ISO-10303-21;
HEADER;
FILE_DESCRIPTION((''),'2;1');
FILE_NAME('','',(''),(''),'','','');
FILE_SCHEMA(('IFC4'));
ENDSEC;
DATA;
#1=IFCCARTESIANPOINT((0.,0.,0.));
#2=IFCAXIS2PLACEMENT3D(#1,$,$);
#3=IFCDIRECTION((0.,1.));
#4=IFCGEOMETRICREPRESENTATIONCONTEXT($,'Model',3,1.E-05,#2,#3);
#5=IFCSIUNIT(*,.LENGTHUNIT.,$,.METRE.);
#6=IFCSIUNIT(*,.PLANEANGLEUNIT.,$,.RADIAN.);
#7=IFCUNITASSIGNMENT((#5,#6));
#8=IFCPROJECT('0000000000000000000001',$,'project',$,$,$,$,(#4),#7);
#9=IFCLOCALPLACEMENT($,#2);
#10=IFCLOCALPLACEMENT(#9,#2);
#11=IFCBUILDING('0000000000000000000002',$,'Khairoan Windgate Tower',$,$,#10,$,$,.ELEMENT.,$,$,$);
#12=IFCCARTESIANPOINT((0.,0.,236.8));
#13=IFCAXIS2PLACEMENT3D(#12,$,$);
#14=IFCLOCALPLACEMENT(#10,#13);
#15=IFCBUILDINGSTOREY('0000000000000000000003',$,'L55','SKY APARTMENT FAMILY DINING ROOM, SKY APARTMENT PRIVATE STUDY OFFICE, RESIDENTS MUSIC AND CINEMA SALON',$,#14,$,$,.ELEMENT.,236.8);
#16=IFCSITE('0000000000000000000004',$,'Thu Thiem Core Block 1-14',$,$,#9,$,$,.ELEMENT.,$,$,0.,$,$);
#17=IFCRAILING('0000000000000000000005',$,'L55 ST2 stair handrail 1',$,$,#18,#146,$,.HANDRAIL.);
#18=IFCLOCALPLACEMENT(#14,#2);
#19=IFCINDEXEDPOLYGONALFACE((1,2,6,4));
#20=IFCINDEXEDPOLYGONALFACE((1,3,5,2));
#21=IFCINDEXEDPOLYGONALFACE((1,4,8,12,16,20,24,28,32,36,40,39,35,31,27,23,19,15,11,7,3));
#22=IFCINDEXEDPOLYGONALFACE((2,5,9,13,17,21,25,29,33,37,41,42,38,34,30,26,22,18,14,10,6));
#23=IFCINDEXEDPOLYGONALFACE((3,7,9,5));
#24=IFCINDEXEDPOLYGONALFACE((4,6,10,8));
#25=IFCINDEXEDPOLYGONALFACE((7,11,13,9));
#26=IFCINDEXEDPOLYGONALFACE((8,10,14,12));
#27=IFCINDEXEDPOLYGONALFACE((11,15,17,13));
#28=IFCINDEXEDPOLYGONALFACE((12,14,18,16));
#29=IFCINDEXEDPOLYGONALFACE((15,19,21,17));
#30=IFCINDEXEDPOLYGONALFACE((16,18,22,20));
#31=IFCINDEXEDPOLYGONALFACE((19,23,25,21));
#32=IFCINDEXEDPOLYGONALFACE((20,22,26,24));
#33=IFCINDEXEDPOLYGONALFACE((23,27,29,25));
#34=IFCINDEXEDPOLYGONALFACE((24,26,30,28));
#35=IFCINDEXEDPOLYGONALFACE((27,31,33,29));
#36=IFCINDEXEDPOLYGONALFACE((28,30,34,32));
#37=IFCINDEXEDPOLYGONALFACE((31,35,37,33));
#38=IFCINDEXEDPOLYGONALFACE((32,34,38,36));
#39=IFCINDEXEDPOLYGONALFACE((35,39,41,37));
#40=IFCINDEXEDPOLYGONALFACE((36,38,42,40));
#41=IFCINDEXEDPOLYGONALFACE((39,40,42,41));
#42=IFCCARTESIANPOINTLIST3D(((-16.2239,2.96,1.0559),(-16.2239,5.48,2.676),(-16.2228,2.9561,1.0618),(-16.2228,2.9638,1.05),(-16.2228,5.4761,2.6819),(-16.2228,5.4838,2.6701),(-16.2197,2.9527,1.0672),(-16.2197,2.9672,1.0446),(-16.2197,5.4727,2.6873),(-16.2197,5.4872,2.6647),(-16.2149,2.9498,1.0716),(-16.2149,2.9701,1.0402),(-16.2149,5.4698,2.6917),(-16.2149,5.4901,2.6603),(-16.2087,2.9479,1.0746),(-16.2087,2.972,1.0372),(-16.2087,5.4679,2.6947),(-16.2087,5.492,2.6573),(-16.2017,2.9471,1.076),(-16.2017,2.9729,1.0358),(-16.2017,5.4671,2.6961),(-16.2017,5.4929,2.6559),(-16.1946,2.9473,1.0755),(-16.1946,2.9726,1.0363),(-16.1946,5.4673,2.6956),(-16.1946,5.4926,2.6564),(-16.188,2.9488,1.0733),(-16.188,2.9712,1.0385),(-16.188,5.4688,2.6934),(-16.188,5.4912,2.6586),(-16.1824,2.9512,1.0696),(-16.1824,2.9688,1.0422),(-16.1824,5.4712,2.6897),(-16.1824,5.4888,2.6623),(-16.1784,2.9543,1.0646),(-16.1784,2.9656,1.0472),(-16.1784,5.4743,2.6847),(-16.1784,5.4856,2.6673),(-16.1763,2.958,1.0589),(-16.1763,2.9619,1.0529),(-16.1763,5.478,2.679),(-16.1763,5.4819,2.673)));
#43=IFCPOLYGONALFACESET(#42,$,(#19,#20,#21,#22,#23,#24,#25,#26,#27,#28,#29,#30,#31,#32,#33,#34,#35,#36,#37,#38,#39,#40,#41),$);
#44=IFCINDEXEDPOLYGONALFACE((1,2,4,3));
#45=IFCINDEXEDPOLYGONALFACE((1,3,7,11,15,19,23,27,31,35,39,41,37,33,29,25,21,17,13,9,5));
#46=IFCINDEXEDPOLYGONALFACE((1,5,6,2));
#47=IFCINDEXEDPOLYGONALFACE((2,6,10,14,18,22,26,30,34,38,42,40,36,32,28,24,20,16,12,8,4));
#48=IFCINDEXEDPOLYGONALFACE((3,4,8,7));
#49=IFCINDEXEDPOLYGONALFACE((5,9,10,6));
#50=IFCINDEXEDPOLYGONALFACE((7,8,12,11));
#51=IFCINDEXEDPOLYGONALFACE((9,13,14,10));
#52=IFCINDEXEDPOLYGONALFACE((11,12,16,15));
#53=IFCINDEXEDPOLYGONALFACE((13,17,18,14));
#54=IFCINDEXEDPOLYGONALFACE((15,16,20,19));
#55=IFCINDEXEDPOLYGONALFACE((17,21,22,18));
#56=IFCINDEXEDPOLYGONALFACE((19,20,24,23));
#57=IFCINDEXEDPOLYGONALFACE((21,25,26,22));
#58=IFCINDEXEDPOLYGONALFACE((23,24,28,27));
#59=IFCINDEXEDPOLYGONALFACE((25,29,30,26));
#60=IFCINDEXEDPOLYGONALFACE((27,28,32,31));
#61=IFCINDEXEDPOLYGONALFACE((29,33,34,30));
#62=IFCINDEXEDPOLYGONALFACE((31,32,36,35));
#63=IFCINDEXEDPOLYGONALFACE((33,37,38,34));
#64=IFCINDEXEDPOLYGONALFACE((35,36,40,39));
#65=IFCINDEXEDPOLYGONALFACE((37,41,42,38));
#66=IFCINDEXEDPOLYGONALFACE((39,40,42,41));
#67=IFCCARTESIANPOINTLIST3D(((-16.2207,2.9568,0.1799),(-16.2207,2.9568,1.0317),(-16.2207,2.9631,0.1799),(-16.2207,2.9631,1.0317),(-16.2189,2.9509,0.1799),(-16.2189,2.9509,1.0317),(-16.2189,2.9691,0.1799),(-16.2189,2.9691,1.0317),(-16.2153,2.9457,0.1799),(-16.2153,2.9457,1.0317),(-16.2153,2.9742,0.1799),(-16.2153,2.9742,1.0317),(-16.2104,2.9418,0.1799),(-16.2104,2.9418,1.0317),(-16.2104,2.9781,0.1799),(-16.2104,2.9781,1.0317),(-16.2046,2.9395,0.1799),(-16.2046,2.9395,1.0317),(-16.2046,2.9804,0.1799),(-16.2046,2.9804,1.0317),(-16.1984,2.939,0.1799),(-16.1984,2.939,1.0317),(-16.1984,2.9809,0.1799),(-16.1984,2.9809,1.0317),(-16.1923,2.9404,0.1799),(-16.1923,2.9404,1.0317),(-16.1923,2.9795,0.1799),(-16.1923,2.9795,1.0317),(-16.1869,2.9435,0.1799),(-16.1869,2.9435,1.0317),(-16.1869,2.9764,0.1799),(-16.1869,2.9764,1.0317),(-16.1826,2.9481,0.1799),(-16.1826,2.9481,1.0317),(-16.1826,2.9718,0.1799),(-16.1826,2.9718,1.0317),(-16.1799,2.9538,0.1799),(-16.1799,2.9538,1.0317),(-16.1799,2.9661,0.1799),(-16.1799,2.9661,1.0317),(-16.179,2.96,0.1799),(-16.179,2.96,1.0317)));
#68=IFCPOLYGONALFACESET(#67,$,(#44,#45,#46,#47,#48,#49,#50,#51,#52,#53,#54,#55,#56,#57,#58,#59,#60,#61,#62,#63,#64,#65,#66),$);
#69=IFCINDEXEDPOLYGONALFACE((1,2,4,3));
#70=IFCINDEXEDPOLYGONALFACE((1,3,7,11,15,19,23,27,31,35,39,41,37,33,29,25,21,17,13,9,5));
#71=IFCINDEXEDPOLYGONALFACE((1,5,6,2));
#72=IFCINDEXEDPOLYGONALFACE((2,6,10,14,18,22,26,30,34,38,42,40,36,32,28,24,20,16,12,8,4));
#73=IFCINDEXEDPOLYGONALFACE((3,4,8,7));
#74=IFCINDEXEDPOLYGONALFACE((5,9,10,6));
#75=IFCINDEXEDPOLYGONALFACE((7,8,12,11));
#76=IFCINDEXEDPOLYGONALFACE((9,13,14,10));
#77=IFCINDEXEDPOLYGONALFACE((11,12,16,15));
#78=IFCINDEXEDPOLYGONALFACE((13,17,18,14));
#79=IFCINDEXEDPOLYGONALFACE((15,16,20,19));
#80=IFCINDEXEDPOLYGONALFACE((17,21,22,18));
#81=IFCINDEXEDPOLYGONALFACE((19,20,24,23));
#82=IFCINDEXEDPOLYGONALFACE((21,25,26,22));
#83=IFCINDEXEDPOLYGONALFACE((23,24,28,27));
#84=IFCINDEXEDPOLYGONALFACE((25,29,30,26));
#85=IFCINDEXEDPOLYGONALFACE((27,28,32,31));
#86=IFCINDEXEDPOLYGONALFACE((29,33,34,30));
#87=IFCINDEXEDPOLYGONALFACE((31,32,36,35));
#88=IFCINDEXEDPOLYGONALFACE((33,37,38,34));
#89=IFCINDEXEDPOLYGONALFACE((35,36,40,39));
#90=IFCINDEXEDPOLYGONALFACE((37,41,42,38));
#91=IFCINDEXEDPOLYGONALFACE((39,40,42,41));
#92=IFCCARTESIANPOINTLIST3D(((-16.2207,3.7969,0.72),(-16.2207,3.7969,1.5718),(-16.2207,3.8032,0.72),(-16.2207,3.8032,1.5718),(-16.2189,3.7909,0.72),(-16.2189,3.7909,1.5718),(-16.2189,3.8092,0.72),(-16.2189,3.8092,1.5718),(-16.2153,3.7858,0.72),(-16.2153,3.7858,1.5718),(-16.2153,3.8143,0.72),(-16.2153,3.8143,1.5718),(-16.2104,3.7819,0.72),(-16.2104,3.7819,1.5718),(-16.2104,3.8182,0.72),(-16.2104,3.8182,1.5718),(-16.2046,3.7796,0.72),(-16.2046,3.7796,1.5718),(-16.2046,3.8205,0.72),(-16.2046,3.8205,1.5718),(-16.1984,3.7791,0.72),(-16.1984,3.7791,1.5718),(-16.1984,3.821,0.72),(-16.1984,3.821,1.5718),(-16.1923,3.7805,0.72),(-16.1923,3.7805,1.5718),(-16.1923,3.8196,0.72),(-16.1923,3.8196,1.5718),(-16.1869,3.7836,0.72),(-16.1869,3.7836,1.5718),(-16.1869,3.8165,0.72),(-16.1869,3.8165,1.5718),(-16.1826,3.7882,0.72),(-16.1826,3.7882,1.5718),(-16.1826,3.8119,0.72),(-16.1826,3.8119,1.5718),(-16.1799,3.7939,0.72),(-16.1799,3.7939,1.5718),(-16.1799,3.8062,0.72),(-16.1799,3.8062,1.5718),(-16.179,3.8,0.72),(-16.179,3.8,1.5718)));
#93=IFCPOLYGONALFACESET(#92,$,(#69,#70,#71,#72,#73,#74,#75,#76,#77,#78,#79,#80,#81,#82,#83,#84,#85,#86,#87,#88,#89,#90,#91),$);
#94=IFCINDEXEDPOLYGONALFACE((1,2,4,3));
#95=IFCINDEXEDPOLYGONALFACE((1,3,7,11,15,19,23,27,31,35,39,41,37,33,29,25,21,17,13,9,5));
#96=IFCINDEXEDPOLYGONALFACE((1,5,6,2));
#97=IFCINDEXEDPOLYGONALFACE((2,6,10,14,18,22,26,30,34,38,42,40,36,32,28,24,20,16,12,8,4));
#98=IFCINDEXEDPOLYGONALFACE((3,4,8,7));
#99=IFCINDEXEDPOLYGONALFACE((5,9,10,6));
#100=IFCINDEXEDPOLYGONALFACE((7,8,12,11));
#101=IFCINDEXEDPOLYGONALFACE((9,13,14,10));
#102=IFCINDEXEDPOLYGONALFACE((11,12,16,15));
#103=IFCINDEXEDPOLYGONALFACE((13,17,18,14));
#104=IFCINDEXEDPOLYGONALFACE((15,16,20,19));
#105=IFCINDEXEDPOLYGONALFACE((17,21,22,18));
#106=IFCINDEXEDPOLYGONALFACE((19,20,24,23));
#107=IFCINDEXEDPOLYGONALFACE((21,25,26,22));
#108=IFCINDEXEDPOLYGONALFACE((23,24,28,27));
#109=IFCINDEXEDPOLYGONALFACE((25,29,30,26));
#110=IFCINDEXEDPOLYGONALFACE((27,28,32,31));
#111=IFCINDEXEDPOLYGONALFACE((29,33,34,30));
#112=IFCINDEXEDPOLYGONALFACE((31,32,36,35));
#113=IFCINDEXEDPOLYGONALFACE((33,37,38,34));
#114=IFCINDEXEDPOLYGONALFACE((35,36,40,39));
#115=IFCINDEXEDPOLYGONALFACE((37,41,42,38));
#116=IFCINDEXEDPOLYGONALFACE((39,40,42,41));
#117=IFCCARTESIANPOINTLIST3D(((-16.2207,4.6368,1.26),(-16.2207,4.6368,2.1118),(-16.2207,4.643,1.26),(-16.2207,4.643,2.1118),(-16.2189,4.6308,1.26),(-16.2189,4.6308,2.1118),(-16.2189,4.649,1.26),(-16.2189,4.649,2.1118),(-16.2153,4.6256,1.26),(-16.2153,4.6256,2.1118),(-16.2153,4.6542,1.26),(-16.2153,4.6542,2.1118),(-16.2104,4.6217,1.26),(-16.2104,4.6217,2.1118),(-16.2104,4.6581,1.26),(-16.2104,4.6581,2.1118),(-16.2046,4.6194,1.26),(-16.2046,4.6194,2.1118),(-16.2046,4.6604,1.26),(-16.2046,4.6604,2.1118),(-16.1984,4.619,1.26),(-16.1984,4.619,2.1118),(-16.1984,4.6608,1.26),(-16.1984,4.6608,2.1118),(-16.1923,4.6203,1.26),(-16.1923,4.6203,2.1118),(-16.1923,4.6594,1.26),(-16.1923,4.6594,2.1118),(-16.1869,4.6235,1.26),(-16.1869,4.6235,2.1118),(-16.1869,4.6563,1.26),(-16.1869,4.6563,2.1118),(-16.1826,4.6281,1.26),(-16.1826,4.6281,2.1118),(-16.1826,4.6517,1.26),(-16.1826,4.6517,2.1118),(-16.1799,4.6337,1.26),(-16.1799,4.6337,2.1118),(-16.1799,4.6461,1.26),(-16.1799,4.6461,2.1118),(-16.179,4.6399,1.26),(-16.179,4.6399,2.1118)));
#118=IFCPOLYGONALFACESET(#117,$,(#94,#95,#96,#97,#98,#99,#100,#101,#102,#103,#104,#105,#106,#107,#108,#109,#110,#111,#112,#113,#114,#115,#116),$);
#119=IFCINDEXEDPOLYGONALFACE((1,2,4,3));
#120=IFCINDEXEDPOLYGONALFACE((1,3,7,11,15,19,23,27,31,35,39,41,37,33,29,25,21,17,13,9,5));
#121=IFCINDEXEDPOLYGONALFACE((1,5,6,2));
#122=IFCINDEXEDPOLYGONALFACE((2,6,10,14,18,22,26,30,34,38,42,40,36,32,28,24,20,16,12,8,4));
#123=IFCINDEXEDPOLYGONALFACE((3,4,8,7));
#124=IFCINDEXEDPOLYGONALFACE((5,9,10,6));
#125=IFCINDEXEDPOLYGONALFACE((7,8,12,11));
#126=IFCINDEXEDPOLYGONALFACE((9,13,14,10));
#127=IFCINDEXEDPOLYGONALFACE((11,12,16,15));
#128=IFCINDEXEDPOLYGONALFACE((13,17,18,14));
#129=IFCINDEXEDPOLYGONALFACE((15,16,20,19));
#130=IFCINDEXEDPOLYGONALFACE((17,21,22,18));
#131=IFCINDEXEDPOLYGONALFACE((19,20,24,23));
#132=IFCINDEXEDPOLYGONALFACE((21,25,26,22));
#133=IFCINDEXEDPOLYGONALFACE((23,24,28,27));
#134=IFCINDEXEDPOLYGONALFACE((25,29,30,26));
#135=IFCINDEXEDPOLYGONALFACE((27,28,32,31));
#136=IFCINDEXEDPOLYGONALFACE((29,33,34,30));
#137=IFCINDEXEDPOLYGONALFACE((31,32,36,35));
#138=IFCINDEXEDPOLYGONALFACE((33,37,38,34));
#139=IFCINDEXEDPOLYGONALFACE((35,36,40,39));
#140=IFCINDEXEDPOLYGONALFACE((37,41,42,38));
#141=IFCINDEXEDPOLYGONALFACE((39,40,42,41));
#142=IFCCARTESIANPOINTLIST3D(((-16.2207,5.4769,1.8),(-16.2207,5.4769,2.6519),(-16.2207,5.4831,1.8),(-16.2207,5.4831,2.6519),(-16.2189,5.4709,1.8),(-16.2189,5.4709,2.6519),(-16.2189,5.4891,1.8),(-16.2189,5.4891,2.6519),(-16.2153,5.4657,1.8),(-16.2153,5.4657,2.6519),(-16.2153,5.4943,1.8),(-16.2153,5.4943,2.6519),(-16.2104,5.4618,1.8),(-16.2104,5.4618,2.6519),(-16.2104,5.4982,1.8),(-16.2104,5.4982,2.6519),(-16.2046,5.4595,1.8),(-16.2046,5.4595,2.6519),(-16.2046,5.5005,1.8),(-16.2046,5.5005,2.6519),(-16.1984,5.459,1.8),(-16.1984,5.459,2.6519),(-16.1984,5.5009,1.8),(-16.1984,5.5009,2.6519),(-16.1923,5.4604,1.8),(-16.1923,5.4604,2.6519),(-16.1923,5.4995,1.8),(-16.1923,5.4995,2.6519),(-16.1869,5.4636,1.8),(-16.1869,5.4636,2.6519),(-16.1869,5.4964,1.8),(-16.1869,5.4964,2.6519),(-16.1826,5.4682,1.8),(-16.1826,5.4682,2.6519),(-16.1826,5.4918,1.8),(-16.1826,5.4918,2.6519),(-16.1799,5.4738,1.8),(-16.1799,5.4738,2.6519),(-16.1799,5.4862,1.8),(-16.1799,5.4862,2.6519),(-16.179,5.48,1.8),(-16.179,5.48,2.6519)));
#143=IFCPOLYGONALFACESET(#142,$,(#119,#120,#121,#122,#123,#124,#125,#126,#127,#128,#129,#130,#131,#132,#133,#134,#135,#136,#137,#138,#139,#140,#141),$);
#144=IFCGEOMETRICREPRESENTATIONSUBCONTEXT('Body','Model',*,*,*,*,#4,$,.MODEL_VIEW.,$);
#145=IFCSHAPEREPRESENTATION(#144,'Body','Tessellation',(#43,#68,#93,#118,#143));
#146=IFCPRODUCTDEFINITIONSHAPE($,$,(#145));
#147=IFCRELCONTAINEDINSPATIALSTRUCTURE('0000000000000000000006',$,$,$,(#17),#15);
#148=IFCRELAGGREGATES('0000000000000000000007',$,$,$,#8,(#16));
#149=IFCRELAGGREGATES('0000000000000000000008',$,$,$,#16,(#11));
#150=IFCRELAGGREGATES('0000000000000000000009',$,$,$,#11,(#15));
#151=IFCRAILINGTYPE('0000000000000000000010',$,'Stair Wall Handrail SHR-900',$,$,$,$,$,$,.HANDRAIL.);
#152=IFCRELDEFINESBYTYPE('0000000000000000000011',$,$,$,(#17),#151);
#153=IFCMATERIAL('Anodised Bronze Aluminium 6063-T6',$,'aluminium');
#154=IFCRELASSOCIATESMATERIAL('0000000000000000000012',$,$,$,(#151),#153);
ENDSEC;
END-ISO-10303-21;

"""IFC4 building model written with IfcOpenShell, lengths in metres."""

from ifc_helpers import new_model, si_unit, direction, frame, origin, origin_2d, place, context, subcontext, project, spatial, circle, extrude, material, type_object, element, save


model = new_model("IFC4")

# Units and contexts
model_context = context("Model", 3, precision=1e-05, world=origin(), true_north=direction((0.0, 1.0)))
body_context = subcontext(model_context, "Body", "Model", "MODEL_VIEW")
ifc_project = project(units=[si_unit("LENGTHUNIT", "METRE"), si_unit("PLANEANGLEUNIT", "RADIAN")], contexts=[model_context])

# Site, building, storey
site_placement = place(None, origin())
site = spatial("IfcSite", under=ifc_project, at=site_placement, Name="Thu Thiem Core Block 1-14", CompositionType="ELEMENT", RefElevation=0.0)
building_placement = place(site_placement, origin())
building = spatial("IfcBuilding", under=site, at=building_placement, Name="Khairoan Windgate Tower", CompositionType="ELEMENT")
storey_placement = place(building_placement, frame((0.0, 0.0, 236.8)))
storey = spatial("IfcBuildingStorey", under=building, at=storey_placement, Name="L55", Description="SKY APARTMENT FAMILY DINING ROOM, SKY APARTMENT PRIVATE STUDY OFFICE, RESIDENTS MUSIC AND CINEMA SALON", CompositionType="ELEMENT", Elevation=236.8)

# Railing
ifc_material_1 = material(Name="Anodised Bronze Aluminium 6063-T6", Category="aluminium")
railing_type_1 = type_object("IfcRailingType", Name="Stair Wall Handrail SHR-900", PredefinedType="HANDRAIL", material=ifc_material_1)
railing_1_placement = place(storey_placement, frame((-16.2, 2.96, 0.1799)))
element("IfcRailing", 1, at=railing_1_placement, inside=storey, type_object=railing_type_1, Name="L55 ST2 stair handrail 1", PredefinedType="HANDRAIL", context=body_context, shape_type="SweptSolid", body=[
    extrude(circle(Radius=0.0239, at=origin_2d()), frame((0.0, 0.0, 0.876), z_axis=(0.0, 0.841163, 0.540782), x_axis=(-1.0, 0.0, 0.0)), (0.0, 0.0, 1.0), 2.9958),
    extrude(circle(Radius=0.021, at=origin_2d()), origin(), (0.0, 0.0, 1.0), 0.8518),
    extrude(circle(Radius=0.021, at=origin_2d()), frame((0.0, 0.8401, 0.54)), (0.0, 0.0, 1.0), 0.8518),
    extrude(circle(Radius=0.021, at=origin_2d()), frame((0.0, 1.6799, 1.0801)), (0.0, 0.0, 1.0), 0.8518),
    extrude(circle(Radius=0.021, at=origin_2d()), frame((0.0, 2.52, 1.6201)), (0.0, 0.0, 1.0), 0.8518),
])

save(model, "model.ifc")
